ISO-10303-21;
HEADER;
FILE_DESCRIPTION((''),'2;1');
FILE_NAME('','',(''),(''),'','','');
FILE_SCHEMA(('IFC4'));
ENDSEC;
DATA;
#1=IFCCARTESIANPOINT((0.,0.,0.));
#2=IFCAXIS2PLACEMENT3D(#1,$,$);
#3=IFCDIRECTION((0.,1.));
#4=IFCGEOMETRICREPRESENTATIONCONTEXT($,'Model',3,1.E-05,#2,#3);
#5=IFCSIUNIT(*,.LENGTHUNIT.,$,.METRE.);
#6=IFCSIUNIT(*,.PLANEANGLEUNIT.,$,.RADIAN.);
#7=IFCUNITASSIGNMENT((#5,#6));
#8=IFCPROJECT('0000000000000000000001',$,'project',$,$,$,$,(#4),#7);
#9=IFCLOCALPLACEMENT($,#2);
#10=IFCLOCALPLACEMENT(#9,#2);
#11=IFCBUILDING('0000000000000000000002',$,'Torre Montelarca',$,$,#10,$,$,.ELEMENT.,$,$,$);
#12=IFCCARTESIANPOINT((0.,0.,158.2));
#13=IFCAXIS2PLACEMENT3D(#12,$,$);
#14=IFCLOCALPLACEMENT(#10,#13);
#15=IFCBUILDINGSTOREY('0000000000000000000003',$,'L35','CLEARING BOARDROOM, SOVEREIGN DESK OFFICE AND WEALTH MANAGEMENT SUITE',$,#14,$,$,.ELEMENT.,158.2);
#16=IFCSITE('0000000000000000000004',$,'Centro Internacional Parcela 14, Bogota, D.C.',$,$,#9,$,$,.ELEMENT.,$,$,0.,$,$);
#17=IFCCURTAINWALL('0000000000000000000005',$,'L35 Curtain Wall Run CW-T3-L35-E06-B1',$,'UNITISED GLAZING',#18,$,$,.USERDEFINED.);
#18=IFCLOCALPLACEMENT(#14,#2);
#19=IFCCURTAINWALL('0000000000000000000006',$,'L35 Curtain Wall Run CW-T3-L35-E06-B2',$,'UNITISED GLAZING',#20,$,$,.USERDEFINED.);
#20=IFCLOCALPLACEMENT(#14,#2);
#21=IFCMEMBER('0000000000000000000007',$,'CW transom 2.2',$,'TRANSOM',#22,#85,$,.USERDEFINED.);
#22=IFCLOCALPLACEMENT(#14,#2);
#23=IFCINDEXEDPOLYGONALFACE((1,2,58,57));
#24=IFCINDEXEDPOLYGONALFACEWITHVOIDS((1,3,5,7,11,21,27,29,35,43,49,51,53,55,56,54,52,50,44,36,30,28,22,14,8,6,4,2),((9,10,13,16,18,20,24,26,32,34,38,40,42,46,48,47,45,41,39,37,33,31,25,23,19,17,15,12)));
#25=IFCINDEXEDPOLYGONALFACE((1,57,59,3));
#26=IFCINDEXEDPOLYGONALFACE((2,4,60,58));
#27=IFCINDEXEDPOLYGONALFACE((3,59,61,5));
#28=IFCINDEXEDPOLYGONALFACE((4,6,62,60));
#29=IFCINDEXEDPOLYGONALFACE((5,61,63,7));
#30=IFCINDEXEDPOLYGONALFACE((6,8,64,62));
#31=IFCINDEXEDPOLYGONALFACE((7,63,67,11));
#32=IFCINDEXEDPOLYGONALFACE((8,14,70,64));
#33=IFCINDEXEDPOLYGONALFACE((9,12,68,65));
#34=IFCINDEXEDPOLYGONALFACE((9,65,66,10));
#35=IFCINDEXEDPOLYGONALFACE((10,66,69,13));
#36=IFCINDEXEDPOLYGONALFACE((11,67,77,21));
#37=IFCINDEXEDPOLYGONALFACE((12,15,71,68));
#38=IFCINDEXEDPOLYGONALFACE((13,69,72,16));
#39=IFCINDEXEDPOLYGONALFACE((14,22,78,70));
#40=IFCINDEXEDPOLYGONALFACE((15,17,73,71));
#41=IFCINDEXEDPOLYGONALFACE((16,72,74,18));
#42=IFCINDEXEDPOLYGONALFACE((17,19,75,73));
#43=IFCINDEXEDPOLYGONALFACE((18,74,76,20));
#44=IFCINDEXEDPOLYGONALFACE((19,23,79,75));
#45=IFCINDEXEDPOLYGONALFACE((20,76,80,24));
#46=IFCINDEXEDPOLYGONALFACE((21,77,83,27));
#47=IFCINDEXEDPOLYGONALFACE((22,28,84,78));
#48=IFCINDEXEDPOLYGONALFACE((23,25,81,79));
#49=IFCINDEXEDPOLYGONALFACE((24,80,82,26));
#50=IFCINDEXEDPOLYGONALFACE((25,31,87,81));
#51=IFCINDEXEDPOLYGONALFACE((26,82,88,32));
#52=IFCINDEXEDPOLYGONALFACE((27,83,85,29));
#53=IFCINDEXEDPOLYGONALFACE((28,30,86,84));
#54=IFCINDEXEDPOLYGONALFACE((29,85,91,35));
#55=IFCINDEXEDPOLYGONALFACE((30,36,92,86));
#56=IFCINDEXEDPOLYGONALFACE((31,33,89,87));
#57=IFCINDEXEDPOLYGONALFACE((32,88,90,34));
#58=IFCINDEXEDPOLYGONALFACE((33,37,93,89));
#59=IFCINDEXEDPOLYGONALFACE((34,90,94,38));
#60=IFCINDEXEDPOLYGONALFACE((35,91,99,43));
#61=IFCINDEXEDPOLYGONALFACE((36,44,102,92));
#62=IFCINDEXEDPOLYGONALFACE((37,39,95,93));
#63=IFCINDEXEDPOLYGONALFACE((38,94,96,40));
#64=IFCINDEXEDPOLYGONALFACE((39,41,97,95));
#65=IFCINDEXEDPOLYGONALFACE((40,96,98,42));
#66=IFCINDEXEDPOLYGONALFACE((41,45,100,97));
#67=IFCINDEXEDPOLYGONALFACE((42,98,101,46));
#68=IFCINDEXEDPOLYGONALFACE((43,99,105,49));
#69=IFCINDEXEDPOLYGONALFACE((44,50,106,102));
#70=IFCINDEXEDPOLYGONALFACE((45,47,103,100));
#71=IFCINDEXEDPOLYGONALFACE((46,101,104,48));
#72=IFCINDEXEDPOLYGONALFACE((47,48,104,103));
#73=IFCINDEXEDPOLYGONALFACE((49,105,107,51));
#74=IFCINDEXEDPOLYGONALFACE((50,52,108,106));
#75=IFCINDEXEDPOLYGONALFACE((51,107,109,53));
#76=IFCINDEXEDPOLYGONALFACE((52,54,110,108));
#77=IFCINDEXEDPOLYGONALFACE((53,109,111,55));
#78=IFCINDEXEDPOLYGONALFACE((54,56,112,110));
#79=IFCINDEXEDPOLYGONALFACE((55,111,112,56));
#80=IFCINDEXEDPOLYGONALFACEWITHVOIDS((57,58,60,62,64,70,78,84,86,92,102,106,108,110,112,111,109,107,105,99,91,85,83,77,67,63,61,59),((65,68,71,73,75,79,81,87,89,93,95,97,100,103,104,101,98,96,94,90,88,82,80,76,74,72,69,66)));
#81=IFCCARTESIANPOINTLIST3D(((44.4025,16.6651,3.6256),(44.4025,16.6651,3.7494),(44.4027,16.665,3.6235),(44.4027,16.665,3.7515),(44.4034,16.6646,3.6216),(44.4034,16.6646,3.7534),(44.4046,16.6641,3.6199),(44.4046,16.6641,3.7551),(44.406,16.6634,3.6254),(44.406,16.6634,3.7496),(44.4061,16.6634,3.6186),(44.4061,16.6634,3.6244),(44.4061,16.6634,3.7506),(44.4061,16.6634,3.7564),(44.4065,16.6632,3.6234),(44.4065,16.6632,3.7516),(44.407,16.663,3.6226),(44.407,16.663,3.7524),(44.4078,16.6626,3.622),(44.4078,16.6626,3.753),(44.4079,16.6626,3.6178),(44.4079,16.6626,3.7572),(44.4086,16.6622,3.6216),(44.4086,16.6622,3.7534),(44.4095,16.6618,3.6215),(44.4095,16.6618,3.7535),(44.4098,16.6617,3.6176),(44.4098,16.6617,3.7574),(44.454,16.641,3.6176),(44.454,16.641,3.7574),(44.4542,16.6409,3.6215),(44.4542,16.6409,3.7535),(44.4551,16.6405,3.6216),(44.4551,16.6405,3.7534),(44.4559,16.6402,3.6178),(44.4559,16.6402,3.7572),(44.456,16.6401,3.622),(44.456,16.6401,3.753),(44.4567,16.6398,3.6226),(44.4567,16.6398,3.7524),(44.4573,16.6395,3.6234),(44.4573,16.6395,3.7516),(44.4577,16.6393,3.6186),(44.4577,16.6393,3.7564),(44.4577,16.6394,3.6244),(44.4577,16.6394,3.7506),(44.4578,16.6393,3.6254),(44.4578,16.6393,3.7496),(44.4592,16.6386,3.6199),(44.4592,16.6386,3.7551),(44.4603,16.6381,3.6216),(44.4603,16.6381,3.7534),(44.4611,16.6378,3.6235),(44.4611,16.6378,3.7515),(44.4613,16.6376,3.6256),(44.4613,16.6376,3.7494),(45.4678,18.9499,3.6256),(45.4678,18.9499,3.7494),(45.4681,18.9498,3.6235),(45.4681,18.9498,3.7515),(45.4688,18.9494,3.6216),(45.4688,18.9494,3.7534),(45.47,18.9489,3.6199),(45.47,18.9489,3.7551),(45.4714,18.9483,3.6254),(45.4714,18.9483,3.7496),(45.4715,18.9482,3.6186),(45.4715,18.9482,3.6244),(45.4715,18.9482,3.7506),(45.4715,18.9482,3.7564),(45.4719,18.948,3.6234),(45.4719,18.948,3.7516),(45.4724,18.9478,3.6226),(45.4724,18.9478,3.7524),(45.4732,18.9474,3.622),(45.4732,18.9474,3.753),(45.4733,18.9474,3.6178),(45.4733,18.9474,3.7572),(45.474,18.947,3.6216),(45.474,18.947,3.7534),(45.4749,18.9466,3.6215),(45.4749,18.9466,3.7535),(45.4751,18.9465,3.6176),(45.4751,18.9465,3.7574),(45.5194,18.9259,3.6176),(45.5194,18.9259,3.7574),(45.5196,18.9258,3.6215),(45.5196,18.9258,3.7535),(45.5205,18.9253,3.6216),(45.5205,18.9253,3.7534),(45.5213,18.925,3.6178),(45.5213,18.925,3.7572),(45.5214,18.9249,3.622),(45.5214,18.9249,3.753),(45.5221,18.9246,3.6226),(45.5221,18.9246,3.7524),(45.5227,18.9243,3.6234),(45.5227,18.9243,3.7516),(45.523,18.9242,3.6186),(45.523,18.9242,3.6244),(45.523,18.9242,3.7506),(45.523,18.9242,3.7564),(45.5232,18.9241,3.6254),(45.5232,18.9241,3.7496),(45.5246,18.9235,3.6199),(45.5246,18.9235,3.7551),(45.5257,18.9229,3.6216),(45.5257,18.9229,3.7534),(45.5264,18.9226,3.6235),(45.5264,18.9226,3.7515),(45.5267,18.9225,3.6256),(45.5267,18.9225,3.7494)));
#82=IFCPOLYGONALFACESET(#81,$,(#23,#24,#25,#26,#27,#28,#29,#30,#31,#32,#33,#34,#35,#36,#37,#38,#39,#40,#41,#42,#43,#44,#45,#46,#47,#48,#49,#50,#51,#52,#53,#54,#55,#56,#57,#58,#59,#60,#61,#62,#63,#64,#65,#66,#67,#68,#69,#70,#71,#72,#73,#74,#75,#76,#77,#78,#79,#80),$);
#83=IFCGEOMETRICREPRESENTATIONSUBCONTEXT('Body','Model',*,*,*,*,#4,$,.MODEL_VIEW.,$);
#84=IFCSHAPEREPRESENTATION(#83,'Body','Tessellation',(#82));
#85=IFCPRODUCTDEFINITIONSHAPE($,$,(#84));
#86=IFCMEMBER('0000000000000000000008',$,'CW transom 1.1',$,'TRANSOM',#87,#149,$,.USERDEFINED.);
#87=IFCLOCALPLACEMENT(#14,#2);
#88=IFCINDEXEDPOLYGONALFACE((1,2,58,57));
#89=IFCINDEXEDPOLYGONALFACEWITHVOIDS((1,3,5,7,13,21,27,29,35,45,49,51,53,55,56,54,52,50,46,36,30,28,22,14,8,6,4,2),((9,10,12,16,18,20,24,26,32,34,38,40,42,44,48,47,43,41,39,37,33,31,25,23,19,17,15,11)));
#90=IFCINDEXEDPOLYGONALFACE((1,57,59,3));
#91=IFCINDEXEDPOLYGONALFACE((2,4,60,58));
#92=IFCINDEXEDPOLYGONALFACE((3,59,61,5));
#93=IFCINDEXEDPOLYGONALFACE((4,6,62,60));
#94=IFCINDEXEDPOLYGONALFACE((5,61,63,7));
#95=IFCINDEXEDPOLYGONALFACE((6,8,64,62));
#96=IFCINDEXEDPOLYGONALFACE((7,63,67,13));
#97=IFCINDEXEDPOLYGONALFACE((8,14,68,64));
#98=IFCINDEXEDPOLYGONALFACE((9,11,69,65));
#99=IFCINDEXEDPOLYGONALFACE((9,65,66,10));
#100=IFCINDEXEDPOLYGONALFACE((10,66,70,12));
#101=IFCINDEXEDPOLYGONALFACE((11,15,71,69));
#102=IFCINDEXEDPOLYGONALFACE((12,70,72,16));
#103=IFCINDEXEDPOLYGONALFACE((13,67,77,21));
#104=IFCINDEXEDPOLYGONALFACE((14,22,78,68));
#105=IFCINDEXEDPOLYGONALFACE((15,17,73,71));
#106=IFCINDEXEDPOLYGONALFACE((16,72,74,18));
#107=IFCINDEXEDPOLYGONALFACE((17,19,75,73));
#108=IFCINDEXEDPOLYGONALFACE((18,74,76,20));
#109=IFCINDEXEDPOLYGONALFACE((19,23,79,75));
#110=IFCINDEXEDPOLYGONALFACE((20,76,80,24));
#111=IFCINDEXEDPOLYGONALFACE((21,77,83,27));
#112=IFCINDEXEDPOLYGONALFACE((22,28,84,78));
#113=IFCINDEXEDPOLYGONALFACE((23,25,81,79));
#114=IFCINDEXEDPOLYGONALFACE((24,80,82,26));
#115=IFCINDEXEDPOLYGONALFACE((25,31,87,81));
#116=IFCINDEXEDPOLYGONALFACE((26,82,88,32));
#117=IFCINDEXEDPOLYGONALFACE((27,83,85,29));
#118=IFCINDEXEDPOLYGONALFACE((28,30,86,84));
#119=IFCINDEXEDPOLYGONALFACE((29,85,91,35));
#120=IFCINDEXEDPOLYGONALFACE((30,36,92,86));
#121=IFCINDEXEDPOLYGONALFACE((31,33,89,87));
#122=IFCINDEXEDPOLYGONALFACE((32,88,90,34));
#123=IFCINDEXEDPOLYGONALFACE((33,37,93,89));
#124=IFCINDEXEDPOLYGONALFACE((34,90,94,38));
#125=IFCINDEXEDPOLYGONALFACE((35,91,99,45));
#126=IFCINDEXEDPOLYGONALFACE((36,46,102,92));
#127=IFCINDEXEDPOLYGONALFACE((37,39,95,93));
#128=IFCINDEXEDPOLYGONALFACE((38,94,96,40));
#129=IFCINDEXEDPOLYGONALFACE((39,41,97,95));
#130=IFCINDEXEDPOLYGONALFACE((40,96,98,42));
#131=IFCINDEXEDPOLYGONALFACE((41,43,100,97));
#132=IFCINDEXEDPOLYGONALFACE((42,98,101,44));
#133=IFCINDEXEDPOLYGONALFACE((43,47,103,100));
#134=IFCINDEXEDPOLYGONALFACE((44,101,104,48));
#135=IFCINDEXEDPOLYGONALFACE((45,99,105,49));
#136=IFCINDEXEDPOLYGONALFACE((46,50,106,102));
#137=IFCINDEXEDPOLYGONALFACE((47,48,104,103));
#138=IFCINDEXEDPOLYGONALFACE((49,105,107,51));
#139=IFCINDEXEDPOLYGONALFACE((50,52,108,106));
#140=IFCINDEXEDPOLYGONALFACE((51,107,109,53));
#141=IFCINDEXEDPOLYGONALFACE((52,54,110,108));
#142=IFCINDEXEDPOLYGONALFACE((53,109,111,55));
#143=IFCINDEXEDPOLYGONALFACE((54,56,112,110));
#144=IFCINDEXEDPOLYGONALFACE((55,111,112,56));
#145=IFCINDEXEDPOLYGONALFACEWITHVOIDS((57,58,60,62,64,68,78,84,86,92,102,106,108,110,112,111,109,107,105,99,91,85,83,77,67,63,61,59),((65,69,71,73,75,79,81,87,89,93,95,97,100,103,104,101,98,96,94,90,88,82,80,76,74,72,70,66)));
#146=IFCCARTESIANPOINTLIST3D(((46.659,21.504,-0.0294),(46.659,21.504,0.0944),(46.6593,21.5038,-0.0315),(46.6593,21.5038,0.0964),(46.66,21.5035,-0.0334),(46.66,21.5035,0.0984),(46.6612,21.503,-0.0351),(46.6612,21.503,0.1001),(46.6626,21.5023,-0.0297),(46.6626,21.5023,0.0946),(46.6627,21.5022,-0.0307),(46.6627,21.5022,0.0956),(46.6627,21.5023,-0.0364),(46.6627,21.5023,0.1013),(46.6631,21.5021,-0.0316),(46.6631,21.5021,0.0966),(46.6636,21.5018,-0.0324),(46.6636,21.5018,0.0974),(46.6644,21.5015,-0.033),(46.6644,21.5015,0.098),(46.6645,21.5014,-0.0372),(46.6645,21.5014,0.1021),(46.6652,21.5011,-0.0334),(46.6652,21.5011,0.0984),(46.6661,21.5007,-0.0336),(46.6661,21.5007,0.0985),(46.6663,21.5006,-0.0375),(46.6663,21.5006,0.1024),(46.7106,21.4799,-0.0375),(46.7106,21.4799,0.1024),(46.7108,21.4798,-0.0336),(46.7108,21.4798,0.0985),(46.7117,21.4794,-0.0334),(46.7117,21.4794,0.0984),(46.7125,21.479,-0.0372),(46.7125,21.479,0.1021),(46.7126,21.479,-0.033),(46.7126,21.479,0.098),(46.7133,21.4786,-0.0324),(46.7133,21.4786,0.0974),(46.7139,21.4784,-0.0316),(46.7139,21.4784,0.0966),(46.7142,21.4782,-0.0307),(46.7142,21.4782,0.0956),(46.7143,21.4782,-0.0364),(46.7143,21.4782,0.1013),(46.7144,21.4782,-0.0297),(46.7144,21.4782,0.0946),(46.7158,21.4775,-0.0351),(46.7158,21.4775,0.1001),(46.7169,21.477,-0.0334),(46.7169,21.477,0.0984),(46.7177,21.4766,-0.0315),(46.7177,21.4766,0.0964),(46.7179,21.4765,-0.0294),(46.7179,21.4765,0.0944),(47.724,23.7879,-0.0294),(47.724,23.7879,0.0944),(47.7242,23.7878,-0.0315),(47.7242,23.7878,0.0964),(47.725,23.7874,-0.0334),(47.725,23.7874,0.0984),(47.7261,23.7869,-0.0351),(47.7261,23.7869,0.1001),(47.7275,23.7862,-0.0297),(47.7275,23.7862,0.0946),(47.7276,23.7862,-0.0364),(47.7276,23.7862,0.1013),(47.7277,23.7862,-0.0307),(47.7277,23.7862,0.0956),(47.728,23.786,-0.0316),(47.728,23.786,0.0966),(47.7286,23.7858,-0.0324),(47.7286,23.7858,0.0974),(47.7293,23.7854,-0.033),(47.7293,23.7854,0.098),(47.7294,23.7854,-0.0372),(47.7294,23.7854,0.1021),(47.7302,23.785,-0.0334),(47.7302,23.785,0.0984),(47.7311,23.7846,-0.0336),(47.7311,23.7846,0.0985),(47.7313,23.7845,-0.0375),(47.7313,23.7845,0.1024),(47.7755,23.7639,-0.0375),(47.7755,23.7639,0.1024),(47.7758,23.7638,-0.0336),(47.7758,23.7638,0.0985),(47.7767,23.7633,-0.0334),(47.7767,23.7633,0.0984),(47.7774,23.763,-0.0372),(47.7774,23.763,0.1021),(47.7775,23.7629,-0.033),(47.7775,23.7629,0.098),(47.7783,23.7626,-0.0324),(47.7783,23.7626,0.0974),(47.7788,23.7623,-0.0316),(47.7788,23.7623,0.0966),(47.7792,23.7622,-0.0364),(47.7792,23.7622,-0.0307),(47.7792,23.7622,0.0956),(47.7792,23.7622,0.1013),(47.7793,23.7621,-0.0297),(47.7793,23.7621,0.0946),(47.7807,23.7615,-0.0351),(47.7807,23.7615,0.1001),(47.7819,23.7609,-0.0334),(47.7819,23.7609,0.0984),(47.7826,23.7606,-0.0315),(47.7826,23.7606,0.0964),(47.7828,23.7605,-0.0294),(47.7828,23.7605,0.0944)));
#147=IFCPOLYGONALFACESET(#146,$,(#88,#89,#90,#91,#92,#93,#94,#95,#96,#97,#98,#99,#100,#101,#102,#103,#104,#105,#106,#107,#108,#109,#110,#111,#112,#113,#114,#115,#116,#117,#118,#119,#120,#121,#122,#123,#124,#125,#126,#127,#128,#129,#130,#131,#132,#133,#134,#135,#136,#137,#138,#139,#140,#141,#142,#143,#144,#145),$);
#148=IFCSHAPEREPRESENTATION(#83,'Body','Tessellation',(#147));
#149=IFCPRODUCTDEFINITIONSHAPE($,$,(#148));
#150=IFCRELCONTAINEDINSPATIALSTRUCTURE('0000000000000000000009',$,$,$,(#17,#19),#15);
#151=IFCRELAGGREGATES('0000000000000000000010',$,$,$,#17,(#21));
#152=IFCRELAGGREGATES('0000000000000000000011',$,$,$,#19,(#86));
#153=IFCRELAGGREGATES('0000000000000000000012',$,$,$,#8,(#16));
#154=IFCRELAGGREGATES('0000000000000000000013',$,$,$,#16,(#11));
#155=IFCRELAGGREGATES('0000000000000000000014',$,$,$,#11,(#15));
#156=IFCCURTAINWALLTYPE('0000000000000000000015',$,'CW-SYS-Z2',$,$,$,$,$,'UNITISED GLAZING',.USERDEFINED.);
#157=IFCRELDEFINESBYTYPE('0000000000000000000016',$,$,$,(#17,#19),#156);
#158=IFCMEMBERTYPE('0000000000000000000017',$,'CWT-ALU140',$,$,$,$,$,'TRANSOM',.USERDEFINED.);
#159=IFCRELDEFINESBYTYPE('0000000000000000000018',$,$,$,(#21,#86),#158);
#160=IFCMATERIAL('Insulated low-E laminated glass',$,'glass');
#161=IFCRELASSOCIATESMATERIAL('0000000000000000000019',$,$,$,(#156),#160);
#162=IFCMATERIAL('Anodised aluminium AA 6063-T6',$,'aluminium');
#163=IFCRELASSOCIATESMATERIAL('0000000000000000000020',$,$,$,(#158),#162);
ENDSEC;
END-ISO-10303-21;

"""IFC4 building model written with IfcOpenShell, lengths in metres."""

from ifc_helpers import new_model, si_unit, direction, frame, origin, origin_2d, place, context, subcontext, project, spatial, hollow_rectangle, extrude, source, transform, mapped, material, material_profile, profile_set, type_object, element, aggregate, save


model = new_model("IFC4")

# Units and contexts
model_context = context("Model", 3, precision=1e-05, world=origin(), true_north=direction((0.0, 1.0)))
body_context = subcontext(model_context, "Body", "Model", "MODEL_VIEW")
ifc_project = project(units=[si_unit("LENGTHUNIT", "METRE"), si_unit("PLANEANGLEUNIT", "RADIAN")], contexts=[model_context])

# Site, building, storey
site_placement = place(None, origin())
site = spatial("IfcSite", under=ifc_project, at=site_placement, Name="Centro Internacional Parcela 14, Bogota, D.C.", CompositionType="ELEMENT", RefElevation=0.0)
building_placement = place(site_placement, origin())
building = spatial("IfcBuilding", under=site, at=building_placement, Name="Torre Montelarca", CompositionType="ELEMENT")
storey_placement = place(building_placement, frame((0.0, 0.0, 158.2)))
storey = spatial("IfcBuildingStorey", under=building, at=storey_placement, Name="L35", Description="CLEARING BOARDROOM, SOVEREIGN DESK OFFICE AND WEALTH MANAGEMENT SUITE", CompositionType="ELEMENT", Elevation=158.2)

# Curtain walls
ifc_material_1 = material(Name="Insulated low-E laminated glass", Category="glass")
curtain_wall_type = type_object("IfcCurtainWallType", Name="CW-SYS-Z2", ElementType="UNITISED GLAZING", PredefinedType="USERDEFINED", material=ifc_material_1)
ifc_material_2 = material(Name="Anodised aluminium AA 6063-T6", Category="aluminium")
ifc_material_profile_1 = material_profile(ifc_material_2, hollow_rectangle(XDim=0.0649, YDim=0.1399, WallThickness=0.0039, InnerFilletRadius=0.0039, OuterFilletRadius=0.0081, at=origin_2d()), Name="ALU65X140X4", Category="aluminium")
ifc_profile_set_1 = profile_set([ifc_material_profile_1], Name="Anodised aluminium AA 6063-T6")
member_type_1 = type_object("IfcMemberType", Name="CWT-ALU140", ElementType="TRANSOM", PredefinedType="USERDEFINED", material=ifc_profile_set_1)
curtain_wall_1_placement = place(storey_placement, origin())
curtain_wall_1 = element("IfcCurtainWall", 1, at=curtain_wall_1_placement, inside=storey, type_object=curtain_wall_type, Name="L35 Curtain Wall Run CW-T3-L35-E06-B1", ObjectType="UNITISED GLAZING", PredefinedType="USERDEFINED")
curtain_wall_2_placement = place(storey_placement, origin())
curtain_wall_2 = element("IfcCurtainWall", 2, at=curtain_wall_2_placement, inside=storey, type_object=curtain_wall_type, Name="L35 Curtain Wall Run CW-T3-L35-E06-B2", ObjectType="UNITISED GLAZING", PredefinedType="USERDEFINED")

# Members
shared_shape_1 = source(origin(), body_context, "Body", "SweptSolid", [
    extrude(hollow_rectangle(XDim=0.0649, YDim=0.1399, WallThickness=0.0039, InnerFilletRadius=0.0039, OuterFilletRadius=0.0081, at=origin_2d()), origin(), (0.0, 0.0, 1.0), 2.521),
])
member_1_placement = place(storey_placement, frame((44.4319, 16.6514, 3.6875), z_axis=(0.422604, 0.906314, 0.0), x_axis=(-0.906314, 0.422604, 0.0)))
member_1 = element("IfcMember", 3, at=member_1_placement, type_object=member_type_1, Name="CW transom 2.2", ObjectType="TRANSOM", PredefinedType="USERDEFINED", context=body_context, shape_type="MappedRepresentation", body=[
    mapped(shared_shape_1, transform((0.0, 0.0, 0.0), scale=1.0)),
])
shared_shape_2 = source(origin(), body_context, "Body", "SweptSolid", [
    extrude(hollow_rectangle(XDim=0.0649, YDim=0.1399, WallThickness=0.0039, InnerFilletRadius=0.0039, OuterFilletRadius=0.0081, at=origin_2d()), origin(), (0.0, 0.0, 1.0), 2.52),
])
member_2_placement = place(storey_placement, frame((46.6885, 21.4902, 0.0325), z_axis=(0.422594, 0.906319, 0.0), x_axis=(-0.906319, 0.422594, 0.0)))
member_2 = element("IfcMember", 4, at=member_2_placement, type_object=member_type_1, Name="CW transom 1.1", ObjectType="TRANSOM", PredefinedType="USERDEFINED", context=body_context, shape_type="MappedRepresentation", body=[
    mapped(shared_shape_2, transform((0.0, 0.0, 0.0), scale=1.0)),
])

aggregate(curtain_wall_1, [member_1])
aggregate(curtain_wall_2, [member_2])

save(model, "model.ifc")
